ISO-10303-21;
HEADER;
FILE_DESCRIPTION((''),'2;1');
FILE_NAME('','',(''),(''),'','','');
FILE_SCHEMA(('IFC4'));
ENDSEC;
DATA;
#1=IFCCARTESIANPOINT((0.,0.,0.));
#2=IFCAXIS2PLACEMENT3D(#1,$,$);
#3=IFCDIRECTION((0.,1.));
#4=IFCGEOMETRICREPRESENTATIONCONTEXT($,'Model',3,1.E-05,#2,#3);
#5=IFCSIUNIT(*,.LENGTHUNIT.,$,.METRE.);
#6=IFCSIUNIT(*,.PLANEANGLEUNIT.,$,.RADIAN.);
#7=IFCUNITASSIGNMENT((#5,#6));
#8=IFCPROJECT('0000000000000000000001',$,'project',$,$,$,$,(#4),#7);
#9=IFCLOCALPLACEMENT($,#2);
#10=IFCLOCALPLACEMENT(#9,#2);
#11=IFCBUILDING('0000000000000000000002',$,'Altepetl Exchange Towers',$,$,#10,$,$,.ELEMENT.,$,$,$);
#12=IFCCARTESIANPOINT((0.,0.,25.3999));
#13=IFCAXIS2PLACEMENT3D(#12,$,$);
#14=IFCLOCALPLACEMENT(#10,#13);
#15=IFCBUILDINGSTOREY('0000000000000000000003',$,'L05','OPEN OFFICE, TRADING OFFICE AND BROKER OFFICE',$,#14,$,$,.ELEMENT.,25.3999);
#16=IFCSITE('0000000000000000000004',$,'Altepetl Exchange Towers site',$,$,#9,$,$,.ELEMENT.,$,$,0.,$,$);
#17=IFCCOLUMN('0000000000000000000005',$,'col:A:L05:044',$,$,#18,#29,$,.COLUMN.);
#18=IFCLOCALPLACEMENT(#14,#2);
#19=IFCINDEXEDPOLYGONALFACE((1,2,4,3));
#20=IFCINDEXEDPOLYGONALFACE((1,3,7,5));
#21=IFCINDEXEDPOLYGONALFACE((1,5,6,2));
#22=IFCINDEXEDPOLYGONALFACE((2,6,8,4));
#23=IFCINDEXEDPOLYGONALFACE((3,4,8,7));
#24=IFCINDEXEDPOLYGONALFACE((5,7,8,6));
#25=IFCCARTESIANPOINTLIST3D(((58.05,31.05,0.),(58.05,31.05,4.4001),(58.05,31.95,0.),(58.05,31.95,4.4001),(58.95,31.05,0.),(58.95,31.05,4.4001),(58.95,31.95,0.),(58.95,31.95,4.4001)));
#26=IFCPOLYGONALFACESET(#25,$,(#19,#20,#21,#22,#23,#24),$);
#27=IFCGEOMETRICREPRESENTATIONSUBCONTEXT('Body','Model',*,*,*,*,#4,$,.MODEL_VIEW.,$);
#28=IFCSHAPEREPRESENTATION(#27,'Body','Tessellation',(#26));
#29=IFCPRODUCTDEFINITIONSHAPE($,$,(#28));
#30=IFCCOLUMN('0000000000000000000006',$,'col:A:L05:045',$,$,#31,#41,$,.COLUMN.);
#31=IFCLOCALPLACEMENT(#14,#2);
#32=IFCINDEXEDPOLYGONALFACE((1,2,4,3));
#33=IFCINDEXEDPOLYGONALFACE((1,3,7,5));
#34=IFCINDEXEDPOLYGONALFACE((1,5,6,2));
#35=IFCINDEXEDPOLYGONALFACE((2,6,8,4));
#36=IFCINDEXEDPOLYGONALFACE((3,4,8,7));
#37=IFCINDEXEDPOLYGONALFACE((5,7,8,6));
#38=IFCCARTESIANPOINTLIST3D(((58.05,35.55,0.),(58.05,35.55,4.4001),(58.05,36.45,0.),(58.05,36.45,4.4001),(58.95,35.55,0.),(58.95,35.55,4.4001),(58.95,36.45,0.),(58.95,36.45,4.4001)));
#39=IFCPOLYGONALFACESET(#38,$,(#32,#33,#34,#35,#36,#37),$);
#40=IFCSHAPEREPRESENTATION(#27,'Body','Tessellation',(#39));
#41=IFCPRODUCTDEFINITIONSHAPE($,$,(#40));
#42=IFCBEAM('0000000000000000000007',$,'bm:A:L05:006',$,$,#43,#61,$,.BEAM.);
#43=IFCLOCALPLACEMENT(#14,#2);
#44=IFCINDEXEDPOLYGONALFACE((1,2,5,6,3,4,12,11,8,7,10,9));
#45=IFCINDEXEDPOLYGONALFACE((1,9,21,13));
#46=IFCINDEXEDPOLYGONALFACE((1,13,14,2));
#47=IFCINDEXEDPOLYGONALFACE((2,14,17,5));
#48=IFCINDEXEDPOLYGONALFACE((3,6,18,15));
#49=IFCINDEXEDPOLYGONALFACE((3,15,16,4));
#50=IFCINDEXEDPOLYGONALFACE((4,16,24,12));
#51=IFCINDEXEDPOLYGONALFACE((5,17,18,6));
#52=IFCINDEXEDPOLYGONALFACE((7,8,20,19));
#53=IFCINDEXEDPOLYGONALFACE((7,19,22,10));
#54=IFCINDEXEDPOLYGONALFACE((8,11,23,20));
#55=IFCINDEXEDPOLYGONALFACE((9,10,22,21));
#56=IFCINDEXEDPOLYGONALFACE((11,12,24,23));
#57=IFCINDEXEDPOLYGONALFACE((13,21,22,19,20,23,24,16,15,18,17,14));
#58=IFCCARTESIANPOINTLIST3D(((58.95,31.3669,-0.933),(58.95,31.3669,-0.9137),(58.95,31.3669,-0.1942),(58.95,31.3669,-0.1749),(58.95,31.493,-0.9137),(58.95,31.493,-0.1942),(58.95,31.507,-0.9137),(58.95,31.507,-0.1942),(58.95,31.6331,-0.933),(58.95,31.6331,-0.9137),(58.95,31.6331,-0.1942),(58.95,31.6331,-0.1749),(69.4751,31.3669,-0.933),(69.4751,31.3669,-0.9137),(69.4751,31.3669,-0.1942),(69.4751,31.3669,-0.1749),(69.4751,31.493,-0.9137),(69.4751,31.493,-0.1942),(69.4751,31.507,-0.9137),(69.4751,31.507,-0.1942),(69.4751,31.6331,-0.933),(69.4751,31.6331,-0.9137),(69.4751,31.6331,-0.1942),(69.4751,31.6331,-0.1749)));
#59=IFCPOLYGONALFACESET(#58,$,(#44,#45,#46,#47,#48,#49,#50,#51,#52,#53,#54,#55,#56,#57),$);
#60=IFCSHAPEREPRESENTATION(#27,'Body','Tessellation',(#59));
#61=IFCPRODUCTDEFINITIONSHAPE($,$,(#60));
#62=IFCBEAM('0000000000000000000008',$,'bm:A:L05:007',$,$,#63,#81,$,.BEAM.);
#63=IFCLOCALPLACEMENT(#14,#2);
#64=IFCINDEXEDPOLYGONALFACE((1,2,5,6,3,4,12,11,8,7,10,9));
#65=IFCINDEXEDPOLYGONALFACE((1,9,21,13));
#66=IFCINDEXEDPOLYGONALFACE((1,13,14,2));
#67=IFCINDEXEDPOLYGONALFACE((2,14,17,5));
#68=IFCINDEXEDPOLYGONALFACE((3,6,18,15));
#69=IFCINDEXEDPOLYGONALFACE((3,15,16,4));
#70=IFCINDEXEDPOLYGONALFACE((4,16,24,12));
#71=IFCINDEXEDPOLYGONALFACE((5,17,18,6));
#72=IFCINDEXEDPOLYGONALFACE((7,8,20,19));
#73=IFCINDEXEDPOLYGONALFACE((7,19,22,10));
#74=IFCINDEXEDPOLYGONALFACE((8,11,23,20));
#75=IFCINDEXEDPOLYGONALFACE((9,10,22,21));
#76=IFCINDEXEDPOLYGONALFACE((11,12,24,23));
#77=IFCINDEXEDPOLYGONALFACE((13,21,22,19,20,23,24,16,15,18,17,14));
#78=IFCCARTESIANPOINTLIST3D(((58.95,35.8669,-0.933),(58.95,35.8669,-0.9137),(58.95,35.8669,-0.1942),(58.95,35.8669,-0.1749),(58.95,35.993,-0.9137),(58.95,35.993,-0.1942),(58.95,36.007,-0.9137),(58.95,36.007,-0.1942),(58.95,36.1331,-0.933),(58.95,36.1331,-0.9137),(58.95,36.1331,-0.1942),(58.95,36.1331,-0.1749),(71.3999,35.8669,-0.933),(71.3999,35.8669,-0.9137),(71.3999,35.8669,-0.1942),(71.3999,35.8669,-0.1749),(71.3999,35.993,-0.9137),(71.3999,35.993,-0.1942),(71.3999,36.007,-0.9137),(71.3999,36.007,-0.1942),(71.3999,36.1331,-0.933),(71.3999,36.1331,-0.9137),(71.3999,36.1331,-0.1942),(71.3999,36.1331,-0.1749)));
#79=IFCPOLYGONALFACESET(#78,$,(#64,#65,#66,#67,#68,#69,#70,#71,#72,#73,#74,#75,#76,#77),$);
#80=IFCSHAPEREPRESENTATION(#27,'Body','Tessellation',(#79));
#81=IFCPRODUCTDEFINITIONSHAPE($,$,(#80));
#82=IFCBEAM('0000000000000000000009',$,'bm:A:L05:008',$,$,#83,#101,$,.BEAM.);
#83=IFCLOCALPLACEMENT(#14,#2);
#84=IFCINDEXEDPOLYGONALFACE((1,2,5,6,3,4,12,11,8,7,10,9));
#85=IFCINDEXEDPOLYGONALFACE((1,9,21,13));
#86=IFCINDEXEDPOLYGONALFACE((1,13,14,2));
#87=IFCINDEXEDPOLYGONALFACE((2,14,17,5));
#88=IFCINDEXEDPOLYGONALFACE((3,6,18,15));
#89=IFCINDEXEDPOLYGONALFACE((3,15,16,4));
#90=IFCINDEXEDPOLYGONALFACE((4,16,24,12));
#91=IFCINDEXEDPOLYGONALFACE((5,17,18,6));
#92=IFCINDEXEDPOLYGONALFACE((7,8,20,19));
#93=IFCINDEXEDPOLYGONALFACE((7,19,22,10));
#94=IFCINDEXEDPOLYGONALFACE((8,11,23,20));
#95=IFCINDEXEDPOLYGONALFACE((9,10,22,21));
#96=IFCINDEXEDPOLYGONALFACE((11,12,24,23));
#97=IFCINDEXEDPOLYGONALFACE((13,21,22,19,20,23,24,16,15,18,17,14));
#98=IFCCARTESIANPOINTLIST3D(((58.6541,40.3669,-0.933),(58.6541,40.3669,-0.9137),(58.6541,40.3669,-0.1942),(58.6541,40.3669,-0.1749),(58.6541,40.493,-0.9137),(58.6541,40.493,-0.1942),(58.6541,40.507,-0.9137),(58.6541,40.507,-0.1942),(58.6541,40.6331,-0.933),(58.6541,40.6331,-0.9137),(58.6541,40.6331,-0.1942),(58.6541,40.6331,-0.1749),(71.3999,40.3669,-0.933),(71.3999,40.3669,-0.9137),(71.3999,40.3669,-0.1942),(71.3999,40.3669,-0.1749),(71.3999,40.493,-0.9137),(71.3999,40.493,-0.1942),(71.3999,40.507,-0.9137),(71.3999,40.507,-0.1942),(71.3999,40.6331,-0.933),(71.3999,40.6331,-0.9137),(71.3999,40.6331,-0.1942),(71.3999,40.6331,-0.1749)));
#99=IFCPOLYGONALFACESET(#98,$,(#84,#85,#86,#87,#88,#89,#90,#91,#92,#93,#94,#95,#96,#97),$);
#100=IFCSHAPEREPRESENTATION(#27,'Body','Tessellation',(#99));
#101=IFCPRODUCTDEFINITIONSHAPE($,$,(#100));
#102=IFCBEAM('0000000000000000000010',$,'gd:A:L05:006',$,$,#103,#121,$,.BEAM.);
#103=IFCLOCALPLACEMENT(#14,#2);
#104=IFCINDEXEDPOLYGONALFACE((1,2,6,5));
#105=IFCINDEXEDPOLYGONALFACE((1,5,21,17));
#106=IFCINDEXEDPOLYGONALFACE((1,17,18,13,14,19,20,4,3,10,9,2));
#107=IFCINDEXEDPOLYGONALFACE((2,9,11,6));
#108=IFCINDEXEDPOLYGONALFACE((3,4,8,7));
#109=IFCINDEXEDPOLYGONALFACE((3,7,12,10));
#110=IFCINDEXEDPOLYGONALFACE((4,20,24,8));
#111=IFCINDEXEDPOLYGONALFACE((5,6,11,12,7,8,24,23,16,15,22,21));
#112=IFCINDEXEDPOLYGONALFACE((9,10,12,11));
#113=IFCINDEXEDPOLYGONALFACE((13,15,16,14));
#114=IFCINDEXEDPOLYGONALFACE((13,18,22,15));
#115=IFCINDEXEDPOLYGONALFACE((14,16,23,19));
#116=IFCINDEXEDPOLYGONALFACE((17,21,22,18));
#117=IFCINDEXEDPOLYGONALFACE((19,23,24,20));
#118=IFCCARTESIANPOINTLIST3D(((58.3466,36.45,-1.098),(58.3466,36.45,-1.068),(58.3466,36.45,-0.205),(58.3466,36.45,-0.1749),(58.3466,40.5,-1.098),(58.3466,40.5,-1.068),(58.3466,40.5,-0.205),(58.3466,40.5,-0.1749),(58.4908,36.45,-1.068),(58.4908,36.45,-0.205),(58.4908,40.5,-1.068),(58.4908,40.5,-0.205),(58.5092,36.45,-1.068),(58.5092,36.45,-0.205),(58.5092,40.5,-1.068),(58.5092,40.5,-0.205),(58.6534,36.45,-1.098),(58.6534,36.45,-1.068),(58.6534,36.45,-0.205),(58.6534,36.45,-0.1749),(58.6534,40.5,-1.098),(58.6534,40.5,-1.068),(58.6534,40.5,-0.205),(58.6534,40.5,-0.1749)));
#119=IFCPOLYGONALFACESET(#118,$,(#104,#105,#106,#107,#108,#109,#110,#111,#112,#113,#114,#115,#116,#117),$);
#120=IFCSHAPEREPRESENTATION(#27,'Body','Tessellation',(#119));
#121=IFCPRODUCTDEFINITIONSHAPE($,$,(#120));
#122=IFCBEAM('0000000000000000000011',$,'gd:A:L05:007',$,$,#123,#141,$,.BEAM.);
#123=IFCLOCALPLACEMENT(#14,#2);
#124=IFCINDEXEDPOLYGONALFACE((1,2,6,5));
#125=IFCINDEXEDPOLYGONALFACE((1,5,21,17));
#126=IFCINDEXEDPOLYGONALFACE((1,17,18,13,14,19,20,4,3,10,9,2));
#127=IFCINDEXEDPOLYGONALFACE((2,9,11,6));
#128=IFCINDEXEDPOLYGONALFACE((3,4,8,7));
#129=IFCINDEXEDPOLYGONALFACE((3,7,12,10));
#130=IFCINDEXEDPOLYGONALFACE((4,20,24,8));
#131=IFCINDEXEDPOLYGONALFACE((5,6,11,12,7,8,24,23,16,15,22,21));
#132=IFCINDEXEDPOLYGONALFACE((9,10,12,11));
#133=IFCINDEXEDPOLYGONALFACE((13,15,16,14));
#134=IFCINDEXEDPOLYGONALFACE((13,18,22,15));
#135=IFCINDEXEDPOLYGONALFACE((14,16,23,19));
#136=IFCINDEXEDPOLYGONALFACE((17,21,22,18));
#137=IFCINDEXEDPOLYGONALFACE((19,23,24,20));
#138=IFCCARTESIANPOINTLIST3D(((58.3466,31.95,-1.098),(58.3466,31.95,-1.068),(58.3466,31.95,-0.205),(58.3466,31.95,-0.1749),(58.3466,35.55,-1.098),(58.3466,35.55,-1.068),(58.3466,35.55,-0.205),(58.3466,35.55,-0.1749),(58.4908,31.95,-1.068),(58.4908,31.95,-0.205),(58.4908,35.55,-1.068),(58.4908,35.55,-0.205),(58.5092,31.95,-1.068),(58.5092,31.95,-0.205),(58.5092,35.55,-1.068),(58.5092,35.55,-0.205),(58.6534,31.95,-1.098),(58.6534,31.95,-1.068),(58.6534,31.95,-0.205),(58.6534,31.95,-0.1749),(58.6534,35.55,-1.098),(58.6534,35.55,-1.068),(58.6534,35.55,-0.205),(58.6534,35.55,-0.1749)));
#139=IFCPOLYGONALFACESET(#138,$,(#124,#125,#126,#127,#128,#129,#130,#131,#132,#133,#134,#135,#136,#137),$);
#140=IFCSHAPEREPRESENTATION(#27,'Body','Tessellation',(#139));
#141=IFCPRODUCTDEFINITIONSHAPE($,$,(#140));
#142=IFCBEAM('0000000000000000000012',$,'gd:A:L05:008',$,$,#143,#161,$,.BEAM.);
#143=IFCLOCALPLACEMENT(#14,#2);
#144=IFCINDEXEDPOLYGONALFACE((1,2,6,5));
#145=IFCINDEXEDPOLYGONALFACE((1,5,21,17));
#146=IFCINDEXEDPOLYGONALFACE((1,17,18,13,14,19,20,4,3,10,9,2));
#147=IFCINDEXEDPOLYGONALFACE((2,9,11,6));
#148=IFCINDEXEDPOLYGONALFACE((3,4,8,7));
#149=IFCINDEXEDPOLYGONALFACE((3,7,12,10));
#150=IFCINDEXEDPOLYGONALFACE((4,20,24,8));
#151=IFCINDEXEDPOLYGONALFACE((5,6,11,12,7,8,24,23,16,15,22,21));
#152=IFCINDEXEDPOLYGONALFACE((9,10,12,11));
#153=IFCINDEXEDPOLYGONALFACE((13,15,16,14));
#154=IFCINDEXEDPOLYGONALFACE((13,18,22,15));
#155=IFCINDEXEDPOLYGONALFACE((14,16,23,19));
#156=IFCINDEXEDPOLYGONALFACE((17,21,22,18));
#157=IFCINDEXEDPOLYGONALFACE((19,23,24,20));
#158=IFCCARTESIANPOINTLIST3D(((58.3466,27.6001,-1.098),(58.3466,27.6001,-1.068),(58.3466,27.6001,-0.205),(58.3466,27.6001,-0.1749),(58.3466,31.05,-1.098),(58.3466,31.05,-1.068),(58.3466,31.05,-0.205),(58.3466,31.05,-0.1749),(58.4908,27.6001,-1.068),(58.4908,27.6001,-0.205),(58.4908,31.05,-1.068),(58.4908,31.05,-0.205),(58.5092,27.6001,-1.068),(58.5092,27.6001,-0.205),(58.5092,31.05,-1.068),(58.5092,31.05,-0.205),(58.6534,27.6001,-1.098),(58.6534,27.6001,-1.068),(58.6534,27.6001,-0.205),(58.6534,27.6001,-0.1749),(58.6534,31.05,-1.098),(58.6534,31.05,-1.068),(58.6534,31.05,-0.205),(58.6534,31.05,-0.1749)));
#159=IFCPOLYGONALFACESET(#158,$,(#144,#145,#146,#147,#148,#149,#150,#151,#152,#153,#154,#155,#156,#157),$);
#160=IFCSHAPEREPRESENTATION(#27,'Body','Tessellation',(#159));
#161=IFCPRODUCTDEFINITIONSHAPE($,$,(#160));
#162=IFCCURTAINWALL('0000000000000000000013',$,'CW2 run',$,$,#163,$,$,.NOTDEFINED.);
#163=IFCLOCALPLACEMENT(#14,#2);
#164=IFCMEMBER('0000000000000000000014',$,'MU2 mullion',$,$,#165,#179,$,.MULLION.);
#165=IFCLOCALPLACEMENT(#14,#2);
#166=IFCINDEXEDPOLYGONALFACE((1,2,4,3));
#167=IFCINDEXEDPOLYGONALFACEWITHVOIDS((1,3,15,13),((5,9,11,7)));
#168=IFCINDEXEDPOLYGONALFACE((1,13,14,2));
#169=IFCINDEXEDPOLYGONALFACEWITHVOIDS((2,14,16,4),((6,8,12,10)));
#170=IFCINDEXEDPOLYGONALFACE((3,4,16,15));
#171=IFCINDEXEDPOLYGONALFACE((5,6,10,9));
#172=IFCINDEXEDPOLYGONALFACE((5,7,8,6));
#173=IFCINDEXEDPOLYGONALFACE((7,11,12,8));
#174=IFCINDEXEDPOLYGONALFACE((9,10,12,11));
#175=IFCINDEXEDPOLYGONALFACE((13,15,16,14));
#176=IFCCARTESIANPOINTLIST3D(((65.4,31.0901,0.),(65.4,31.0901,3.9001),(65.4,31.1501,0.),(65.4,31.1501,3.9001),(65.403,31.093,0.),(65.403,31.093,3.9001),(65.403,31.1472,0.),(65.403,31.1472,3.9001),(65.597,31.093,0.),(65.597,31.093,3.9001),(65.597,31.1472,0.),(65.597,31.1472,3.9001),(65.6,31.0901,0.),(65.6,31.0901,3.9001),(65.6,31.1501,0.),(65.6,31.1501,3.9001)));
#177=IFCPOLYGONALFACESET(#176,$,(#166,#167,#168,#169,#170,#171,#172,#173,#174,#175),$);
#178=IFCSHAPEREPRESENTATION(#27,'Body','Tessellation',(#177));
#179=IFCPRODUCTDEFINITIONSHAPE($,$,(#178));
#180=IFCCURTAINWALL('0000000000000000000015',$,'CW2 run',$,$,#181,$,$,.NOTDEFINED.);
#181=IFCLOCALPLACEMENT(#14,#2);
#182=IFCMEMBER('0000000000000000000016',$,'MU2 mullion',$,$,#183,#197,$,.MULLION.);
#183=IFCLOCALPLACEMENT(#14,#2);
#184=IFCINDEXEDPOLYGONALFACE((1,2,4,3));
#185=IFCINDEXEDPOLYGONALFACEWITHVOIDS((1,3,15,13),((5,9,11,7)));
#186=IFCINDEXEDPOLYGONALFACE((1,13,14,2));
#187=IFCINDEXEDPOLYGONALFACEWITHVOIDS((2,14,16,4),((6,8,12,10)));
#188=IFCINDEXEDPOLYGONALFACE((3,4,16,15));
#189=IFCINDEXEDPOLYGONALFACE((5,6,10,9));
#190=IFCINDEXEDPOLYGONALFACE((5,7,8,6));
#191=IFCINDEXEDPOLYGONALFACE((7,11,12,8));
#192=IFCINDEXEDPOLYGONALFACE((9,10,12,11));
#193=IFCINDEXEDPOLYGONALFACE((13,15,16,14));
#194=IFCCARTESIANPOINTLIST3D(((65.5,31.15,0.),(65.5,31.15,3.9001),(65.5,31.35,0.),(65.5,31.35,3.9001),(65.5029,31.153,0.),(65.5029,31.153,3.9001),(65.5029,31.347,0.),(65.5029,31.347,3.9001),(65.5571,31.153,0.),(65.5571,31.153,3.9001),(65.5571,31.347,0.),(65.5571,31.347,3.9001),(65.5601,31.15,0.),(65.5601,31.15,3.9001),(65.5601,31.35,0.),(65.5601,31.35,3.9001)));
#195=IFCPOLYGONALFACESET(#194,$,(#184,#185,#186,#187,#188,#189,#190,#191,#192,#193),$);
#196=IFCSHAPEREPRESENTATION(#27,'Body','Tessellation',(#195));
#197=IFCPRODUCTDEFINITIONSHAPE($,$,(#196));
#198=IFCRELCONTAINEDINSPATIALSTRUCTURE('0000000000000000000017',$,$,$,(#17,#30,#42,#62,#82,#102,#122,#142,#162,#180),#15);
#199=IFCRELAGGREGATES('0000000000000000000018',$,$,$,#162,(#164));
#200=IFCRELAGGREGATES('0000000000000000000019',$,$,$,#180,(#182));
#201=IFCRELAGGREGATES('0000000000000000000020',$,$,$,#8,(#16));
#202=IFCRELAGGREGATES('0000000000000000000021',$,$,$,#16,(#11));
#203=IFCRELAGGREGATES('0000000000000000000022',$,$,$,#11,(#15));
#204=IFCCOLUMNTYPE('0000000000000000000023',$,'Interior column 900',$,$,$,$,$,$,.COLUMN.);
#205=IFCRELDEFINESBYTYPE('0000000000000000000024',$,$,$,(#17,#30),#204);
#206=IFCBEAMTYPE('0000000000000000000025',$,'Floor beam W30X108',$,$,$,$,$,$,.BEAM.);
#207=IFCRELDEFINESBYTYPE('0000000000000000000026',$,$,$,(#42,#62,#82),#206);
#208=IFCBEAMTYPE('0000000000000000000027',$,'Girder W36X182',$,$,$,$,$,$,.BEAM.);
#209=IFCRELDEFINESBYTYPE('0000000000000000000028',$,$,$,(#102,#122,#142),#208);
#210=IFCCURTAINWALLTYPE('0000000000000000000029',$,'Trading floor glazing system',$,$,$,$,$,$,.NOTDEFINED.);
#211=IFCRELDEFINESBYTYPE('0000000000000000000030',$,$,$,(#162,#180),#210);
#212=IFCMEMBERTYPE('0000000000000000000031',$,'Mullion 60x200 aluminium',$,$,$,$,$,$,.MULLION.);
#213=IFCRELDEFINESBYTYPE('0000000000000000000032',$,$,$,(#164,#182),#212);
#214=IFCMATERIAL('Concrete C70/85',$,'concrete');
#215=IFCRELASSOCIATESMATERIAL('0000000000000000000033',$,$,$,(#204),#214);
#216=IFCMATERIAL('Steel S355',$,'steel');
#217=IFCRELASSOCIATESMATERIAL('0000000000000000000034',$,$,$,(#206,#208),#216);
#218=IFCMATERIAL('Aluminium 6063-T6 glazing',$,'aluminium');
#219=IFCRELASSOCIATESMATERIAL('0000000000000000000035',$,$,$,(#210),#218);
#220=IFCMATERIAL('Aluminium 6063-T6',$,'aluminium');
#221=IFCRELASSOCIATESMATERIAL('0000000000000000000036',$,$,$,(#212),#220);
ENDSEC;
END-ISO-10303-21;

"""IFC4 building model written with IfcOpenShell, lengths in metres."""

from ifc_helpers import new_model, si_unit, direction, frame, origin, origin_2d, place, context, subcontext, project, spatial, rectangle, hollow_rectangle, i_section, extrude, material, material_profile, profile_set, type_object, element, aggregate, save


model = new_model("IFC4")

# Units and contexts
model_context = context("Model", 3, precision=1e-05, world=origin(), true_north=direction((0.0, 1.0)))
body_context = subcontext(model_context, "Body", "Model", "MODEL_VIEW")
ifc_project = project(units=[si_unit("LENGTHUNIT", "METRE"), si_unit("PLANEANGLEUNIT", "RADIAN")], contexts=[model_context])

# Site, building, storey
site_placement = place(None, origin())
site = spatial("IfcSite", under=ifc_project, at=site_placement, Name="Altepetl Exchange Towers site", CompositionType="ELEMENT", RefElevation=0.0)
building_placement = place(site_placement, origin())
building = spatial("IfcBuilding", under=site, at=building_placement, Name="Altepetl Exchange Towers", CompositionType="ELEMENT")
storey_placement = place(building_placement, frame((0.0, 0.0, 25.3999)))
storey = spatial("IfcBuildingStorey", under=building, at=storey_placement, Name="L05", Description="OPEN OFFICE, TRADING OFFICE AND BROKER OFFICE", CompositionType="ELEMENT", Elevation=25.3999)

# Columns
ifc_material_1 = material(Name="Concrete C70/85", Category="concrete")
ifc_material_profile_1 = material_profile(ifc_material_1, rectangle(XDim=0.8999, YDim=0.8999, at=origin_2d()), Name="900 x 900")
ifc_profile_set_1 = profile_set([ifc_material_profile_1], Name="Concrete C70/85")
column_type = type_object("IfcColumnType", Name="Interior column 900", PredefinedType="COLUMN", material=ifc_profile_set_1)
for number, where, name in (
    (1, (58.5, 31.5, 0.0), "col:A:L05:044"),
    (2, (58.5, 36.0, 0.0), "col:A:L05:045"),
):
    element("IfcColumn", number, at=place(storey_placement, frame(where)), inside=storey, type_object=column_type, Name=name, PredefinedType="COLUMN", context=body_context, shape_type="SweptSolid", body=[
        extrude(rectangle(XDim=0.8999, YDim=0.8999, at=origin_2d()), origin(), (0.0, 0.0, 1.0), 4.4001),
    ])

# Beams
ifc_material_2 = material(Name="Steel S355", Category="steel")
ifc_material_profile_2 = material_profile(ifc_material_2, i_section(OverallWidth=0.2661, OverallDepth=0.7581, WebThickness=0.0139, FlangeThickness=0.0193, at=origin_2d()), Name="W30X108")
ifc_profile_set_2 = profile_set([ifc_material_profile_2], Name="Steel S355")
beam_type_1 = type_object("IfcBeamType", Name="Floor beam W30X108", PredefinedType="BEAM", material=ifc_profile_set_2)
beam_1_placement = place(storey_placement, frame((58.95, 31.5, -0.554), z_axis=(1.0, 0.0, 0.0), x_axis=(0.0, 1.0, 0.0)))
element("IfcBeam", 3, at=beam_1_placement, inside=storey, type_object=beam_type_1, Name="bm:A:L05:006", PredefinedType="BEAM", context=body_context, shape_type="SweptSolid", body=[
    extrude(i_section(OverallWidth=0.2661, OverallDepth=0.7581, WebThickness=0.0139, FlangeThickness=0.0193, at=origin_2d()), origin(), (0.0, 0.0, 1.0), 10.5251),
])
beam_2_placement = place(storey_placement, frame((58.95, 36.0, -0.554), z_axis=(1.0, 0.0, 0.0), x_axis=(0.0, 1.0, 0.0)))
element("IfcBeam", 4, at=beam_2_placement, inside=storey, type_object=beam_type_1, Name="bm:A:L05:007", PredefinedType="BEAM", context=body_context, shape_type="SweptSolid", body=[
    extrude(i_section(OverallWidth=0.2661, OverallDepth=0.7581, WebThickness=0.0139, FlangeThickness=0.0193, at=origin_2d()), origin(), (0.0, 0.0, 1.0), 12.45),
])
beam_3_placement = place(storey_placement, frame((58.6541, 40.5, -0.554), z_axis=(1.0, 0.0, 0.0), x_axis=(0.0, 1.0, 0.0)))
element("IfcBeam", 5, at=beam_3_placement, inside=storey, type_object=beam_type_1, Name="bm:A:L05:008", PredefinedType="BEAM", context=body_context, shape_type="SweptSolid", body=[
    extrude(i_section(OverallWidth=0.2661, OverallDepth=0.7581, WebThickness=0.0139, FlangeThickness=0.0193, at=origin_2d()), origin(), (0.0, 0.0, 1.0), 12.7458),
])
ifc_material_profile_3 = material_profile(ifc_material_2, i_section(OverallWidth=0.3069, OverallDepth=0.9231, WebThickness=0.0183, FlangeThickness=0.03, at=origin_2d()), Name="W36X182")
ifc_profile_set_3 = profile_set([ifc_material_profile_3], Name="Steel S355")
beam_type_2 = type_object("IfcBeamType", Name="Girder W36X182", PredefinedType="BEAM", material=ifc_profile_set_3)
beam_4_placement = place(storey_placement, frame((58.5, 40.5, -0.6365), z_axis=(0.0, -1.0, 0.0), x_axis=(1.0, 0.0, 0.0)))
element("IfcBeam", 6, at=beam_4_placement, inside=storey, type_object=beam_type_2, Name="gd:A:L05:006", PredefinedType="BEAM", context=body_context, shape_type="SweptSolid", body=[
    extrude(i_section(OverallWidth=0.3069, OverallDepth=0.9231, WebThickness=0.0183, FlangeThickness=0.03, at=origin_2d()), origin(), (0.0, 0.0, 1.0), 4.05),
])
beam_5_placement = place(storey_placement, frame((58.5, 35.55, -0.6365), z_axis=(0.0, -1.0, 0.0), x_axis=(1.0, 0.0, 0.0)))
element("IfcBeam", 7, at=beam_5_placement, inside=storey, type_object=beam_type_2, Name="gd:A:L05:007", PredefinedType="BEAM", context=body_context, shape_type="SweptSolid", body=[
    extrude(i_section(OverallWidth=0.3069, OverallDepth=0.9231, WebThickness=0.0183, FlangeThickness=0.03, at=origin_2d()), origin(), (0.0, 0.0, 1.0), 3.6001),
])
beam_6_placement = place(storey_placement, frame((58.5, 31.05, -0.6365), z_axis=(0.0, -1.0, 0.0), x_axis=(1.0, 0.0, 0.0)))
element("IfcBeam", 8, at=beam_6_placement, inside=storey, type_object=beam_type_2, Name="gd:A:L05:008", PredefinedType="BEAM", context=body_context, shape_type="SweptSolid", body=[
    extrude(i_section(OverallWidth=0.3069, OverallDepth=0.9231, WebThickness=0.0183, FlangeThickness=0.03, at=origin_2d()), origin(), (0.0, 0.0, 1.0), 3.45),
])

# Curtain walls, members
ifc_material_3 = material(Name="Aluminium 6063-T6 glazing", Category="aluminium")
curtain_wall_type = type_object("IfcCurtainWallType", Name="Trading floor glazing system", PredefinedType="NOTDEFINED", material=ifc_material_3)
curtain_wall_1_placement = place(storey_placement, origin())
curtain_wall_1 = element("IfcCurtainWall", 9, at=curtain_wall_1_placement, inside=storey, type_object=curtain_wall_type, Name="CW2 run", PredefinedType="NOTDEFINED")
ifc_material_4 = material(Name="Aluminium 6063-T6", Category="aluminium")
ifc_material_profile_4 = material_profile(ifc_material_4, hollow_rectangle(XDim=0.0601, YDim=0.2, WallThickness=0.0029, at=origin_2d()), Name="Mullion 60x200 aluminium")
ifc_profile_set_4 = profile_set([ifc_material_profile_4], Name="Aluminium 6063-T6")
member_type = type_object("IfcMemberType", Name="Mullion 60x200 aluminium", PredefinedType="MULLION", material=ifc_profile_set_4)
member_1_placement = place(storey_placement, frame((65.5, 31.1201, 0.0), z_axis=(0.0, 0.0, 1.0), x_axis=(0.0, 1.0, 0.0)))
member_1 = element("IfcMember", 10, at=member_1_placement, type_object=member_type, Name="MU2 mullion", PredefinedType="MULLION", context=body_context, shape_type="SweptSolid", body=[
    extrude(hollow_rectangle(XDim=0.0601, YDim=0.2, WallThickness=0.0029, at=origin_2d()), origin(), (0.0, 0.0, 1.0), 3.9001),
])
curtain_wall_2_placement = place(storey_placement, origin())
curtain_wall_2 = element("IfcCurtainWall", 11, at=curtain_wall_2_placement, inside=storey, type_object=curtain_wall_type, Name="CW2 run", PredefinedType="NOTDEFINED")
member_2_placement = place(storey_placement, frame((65.53, 31.25, 0.0)))
member_2 = element("IfcMember", 12, at=member_2_placement, type_object=member_type, Name="MU2 mullion", PredefinedType="MULLION", context=body_context, shape_type="SweptSolid", body=[
    extrude(hollow_rectangle(XDim=0.0601, YDim=0.2, WallThickness=0.0029, at=origin_2d()), origin(), (0.0, 0.0, 1.0), 3.9001),
])

aggregate(curtain_wall_1, [member_1])
aggregate(curtain_wall_2, [member_2])

save(model, "model.ifc")
